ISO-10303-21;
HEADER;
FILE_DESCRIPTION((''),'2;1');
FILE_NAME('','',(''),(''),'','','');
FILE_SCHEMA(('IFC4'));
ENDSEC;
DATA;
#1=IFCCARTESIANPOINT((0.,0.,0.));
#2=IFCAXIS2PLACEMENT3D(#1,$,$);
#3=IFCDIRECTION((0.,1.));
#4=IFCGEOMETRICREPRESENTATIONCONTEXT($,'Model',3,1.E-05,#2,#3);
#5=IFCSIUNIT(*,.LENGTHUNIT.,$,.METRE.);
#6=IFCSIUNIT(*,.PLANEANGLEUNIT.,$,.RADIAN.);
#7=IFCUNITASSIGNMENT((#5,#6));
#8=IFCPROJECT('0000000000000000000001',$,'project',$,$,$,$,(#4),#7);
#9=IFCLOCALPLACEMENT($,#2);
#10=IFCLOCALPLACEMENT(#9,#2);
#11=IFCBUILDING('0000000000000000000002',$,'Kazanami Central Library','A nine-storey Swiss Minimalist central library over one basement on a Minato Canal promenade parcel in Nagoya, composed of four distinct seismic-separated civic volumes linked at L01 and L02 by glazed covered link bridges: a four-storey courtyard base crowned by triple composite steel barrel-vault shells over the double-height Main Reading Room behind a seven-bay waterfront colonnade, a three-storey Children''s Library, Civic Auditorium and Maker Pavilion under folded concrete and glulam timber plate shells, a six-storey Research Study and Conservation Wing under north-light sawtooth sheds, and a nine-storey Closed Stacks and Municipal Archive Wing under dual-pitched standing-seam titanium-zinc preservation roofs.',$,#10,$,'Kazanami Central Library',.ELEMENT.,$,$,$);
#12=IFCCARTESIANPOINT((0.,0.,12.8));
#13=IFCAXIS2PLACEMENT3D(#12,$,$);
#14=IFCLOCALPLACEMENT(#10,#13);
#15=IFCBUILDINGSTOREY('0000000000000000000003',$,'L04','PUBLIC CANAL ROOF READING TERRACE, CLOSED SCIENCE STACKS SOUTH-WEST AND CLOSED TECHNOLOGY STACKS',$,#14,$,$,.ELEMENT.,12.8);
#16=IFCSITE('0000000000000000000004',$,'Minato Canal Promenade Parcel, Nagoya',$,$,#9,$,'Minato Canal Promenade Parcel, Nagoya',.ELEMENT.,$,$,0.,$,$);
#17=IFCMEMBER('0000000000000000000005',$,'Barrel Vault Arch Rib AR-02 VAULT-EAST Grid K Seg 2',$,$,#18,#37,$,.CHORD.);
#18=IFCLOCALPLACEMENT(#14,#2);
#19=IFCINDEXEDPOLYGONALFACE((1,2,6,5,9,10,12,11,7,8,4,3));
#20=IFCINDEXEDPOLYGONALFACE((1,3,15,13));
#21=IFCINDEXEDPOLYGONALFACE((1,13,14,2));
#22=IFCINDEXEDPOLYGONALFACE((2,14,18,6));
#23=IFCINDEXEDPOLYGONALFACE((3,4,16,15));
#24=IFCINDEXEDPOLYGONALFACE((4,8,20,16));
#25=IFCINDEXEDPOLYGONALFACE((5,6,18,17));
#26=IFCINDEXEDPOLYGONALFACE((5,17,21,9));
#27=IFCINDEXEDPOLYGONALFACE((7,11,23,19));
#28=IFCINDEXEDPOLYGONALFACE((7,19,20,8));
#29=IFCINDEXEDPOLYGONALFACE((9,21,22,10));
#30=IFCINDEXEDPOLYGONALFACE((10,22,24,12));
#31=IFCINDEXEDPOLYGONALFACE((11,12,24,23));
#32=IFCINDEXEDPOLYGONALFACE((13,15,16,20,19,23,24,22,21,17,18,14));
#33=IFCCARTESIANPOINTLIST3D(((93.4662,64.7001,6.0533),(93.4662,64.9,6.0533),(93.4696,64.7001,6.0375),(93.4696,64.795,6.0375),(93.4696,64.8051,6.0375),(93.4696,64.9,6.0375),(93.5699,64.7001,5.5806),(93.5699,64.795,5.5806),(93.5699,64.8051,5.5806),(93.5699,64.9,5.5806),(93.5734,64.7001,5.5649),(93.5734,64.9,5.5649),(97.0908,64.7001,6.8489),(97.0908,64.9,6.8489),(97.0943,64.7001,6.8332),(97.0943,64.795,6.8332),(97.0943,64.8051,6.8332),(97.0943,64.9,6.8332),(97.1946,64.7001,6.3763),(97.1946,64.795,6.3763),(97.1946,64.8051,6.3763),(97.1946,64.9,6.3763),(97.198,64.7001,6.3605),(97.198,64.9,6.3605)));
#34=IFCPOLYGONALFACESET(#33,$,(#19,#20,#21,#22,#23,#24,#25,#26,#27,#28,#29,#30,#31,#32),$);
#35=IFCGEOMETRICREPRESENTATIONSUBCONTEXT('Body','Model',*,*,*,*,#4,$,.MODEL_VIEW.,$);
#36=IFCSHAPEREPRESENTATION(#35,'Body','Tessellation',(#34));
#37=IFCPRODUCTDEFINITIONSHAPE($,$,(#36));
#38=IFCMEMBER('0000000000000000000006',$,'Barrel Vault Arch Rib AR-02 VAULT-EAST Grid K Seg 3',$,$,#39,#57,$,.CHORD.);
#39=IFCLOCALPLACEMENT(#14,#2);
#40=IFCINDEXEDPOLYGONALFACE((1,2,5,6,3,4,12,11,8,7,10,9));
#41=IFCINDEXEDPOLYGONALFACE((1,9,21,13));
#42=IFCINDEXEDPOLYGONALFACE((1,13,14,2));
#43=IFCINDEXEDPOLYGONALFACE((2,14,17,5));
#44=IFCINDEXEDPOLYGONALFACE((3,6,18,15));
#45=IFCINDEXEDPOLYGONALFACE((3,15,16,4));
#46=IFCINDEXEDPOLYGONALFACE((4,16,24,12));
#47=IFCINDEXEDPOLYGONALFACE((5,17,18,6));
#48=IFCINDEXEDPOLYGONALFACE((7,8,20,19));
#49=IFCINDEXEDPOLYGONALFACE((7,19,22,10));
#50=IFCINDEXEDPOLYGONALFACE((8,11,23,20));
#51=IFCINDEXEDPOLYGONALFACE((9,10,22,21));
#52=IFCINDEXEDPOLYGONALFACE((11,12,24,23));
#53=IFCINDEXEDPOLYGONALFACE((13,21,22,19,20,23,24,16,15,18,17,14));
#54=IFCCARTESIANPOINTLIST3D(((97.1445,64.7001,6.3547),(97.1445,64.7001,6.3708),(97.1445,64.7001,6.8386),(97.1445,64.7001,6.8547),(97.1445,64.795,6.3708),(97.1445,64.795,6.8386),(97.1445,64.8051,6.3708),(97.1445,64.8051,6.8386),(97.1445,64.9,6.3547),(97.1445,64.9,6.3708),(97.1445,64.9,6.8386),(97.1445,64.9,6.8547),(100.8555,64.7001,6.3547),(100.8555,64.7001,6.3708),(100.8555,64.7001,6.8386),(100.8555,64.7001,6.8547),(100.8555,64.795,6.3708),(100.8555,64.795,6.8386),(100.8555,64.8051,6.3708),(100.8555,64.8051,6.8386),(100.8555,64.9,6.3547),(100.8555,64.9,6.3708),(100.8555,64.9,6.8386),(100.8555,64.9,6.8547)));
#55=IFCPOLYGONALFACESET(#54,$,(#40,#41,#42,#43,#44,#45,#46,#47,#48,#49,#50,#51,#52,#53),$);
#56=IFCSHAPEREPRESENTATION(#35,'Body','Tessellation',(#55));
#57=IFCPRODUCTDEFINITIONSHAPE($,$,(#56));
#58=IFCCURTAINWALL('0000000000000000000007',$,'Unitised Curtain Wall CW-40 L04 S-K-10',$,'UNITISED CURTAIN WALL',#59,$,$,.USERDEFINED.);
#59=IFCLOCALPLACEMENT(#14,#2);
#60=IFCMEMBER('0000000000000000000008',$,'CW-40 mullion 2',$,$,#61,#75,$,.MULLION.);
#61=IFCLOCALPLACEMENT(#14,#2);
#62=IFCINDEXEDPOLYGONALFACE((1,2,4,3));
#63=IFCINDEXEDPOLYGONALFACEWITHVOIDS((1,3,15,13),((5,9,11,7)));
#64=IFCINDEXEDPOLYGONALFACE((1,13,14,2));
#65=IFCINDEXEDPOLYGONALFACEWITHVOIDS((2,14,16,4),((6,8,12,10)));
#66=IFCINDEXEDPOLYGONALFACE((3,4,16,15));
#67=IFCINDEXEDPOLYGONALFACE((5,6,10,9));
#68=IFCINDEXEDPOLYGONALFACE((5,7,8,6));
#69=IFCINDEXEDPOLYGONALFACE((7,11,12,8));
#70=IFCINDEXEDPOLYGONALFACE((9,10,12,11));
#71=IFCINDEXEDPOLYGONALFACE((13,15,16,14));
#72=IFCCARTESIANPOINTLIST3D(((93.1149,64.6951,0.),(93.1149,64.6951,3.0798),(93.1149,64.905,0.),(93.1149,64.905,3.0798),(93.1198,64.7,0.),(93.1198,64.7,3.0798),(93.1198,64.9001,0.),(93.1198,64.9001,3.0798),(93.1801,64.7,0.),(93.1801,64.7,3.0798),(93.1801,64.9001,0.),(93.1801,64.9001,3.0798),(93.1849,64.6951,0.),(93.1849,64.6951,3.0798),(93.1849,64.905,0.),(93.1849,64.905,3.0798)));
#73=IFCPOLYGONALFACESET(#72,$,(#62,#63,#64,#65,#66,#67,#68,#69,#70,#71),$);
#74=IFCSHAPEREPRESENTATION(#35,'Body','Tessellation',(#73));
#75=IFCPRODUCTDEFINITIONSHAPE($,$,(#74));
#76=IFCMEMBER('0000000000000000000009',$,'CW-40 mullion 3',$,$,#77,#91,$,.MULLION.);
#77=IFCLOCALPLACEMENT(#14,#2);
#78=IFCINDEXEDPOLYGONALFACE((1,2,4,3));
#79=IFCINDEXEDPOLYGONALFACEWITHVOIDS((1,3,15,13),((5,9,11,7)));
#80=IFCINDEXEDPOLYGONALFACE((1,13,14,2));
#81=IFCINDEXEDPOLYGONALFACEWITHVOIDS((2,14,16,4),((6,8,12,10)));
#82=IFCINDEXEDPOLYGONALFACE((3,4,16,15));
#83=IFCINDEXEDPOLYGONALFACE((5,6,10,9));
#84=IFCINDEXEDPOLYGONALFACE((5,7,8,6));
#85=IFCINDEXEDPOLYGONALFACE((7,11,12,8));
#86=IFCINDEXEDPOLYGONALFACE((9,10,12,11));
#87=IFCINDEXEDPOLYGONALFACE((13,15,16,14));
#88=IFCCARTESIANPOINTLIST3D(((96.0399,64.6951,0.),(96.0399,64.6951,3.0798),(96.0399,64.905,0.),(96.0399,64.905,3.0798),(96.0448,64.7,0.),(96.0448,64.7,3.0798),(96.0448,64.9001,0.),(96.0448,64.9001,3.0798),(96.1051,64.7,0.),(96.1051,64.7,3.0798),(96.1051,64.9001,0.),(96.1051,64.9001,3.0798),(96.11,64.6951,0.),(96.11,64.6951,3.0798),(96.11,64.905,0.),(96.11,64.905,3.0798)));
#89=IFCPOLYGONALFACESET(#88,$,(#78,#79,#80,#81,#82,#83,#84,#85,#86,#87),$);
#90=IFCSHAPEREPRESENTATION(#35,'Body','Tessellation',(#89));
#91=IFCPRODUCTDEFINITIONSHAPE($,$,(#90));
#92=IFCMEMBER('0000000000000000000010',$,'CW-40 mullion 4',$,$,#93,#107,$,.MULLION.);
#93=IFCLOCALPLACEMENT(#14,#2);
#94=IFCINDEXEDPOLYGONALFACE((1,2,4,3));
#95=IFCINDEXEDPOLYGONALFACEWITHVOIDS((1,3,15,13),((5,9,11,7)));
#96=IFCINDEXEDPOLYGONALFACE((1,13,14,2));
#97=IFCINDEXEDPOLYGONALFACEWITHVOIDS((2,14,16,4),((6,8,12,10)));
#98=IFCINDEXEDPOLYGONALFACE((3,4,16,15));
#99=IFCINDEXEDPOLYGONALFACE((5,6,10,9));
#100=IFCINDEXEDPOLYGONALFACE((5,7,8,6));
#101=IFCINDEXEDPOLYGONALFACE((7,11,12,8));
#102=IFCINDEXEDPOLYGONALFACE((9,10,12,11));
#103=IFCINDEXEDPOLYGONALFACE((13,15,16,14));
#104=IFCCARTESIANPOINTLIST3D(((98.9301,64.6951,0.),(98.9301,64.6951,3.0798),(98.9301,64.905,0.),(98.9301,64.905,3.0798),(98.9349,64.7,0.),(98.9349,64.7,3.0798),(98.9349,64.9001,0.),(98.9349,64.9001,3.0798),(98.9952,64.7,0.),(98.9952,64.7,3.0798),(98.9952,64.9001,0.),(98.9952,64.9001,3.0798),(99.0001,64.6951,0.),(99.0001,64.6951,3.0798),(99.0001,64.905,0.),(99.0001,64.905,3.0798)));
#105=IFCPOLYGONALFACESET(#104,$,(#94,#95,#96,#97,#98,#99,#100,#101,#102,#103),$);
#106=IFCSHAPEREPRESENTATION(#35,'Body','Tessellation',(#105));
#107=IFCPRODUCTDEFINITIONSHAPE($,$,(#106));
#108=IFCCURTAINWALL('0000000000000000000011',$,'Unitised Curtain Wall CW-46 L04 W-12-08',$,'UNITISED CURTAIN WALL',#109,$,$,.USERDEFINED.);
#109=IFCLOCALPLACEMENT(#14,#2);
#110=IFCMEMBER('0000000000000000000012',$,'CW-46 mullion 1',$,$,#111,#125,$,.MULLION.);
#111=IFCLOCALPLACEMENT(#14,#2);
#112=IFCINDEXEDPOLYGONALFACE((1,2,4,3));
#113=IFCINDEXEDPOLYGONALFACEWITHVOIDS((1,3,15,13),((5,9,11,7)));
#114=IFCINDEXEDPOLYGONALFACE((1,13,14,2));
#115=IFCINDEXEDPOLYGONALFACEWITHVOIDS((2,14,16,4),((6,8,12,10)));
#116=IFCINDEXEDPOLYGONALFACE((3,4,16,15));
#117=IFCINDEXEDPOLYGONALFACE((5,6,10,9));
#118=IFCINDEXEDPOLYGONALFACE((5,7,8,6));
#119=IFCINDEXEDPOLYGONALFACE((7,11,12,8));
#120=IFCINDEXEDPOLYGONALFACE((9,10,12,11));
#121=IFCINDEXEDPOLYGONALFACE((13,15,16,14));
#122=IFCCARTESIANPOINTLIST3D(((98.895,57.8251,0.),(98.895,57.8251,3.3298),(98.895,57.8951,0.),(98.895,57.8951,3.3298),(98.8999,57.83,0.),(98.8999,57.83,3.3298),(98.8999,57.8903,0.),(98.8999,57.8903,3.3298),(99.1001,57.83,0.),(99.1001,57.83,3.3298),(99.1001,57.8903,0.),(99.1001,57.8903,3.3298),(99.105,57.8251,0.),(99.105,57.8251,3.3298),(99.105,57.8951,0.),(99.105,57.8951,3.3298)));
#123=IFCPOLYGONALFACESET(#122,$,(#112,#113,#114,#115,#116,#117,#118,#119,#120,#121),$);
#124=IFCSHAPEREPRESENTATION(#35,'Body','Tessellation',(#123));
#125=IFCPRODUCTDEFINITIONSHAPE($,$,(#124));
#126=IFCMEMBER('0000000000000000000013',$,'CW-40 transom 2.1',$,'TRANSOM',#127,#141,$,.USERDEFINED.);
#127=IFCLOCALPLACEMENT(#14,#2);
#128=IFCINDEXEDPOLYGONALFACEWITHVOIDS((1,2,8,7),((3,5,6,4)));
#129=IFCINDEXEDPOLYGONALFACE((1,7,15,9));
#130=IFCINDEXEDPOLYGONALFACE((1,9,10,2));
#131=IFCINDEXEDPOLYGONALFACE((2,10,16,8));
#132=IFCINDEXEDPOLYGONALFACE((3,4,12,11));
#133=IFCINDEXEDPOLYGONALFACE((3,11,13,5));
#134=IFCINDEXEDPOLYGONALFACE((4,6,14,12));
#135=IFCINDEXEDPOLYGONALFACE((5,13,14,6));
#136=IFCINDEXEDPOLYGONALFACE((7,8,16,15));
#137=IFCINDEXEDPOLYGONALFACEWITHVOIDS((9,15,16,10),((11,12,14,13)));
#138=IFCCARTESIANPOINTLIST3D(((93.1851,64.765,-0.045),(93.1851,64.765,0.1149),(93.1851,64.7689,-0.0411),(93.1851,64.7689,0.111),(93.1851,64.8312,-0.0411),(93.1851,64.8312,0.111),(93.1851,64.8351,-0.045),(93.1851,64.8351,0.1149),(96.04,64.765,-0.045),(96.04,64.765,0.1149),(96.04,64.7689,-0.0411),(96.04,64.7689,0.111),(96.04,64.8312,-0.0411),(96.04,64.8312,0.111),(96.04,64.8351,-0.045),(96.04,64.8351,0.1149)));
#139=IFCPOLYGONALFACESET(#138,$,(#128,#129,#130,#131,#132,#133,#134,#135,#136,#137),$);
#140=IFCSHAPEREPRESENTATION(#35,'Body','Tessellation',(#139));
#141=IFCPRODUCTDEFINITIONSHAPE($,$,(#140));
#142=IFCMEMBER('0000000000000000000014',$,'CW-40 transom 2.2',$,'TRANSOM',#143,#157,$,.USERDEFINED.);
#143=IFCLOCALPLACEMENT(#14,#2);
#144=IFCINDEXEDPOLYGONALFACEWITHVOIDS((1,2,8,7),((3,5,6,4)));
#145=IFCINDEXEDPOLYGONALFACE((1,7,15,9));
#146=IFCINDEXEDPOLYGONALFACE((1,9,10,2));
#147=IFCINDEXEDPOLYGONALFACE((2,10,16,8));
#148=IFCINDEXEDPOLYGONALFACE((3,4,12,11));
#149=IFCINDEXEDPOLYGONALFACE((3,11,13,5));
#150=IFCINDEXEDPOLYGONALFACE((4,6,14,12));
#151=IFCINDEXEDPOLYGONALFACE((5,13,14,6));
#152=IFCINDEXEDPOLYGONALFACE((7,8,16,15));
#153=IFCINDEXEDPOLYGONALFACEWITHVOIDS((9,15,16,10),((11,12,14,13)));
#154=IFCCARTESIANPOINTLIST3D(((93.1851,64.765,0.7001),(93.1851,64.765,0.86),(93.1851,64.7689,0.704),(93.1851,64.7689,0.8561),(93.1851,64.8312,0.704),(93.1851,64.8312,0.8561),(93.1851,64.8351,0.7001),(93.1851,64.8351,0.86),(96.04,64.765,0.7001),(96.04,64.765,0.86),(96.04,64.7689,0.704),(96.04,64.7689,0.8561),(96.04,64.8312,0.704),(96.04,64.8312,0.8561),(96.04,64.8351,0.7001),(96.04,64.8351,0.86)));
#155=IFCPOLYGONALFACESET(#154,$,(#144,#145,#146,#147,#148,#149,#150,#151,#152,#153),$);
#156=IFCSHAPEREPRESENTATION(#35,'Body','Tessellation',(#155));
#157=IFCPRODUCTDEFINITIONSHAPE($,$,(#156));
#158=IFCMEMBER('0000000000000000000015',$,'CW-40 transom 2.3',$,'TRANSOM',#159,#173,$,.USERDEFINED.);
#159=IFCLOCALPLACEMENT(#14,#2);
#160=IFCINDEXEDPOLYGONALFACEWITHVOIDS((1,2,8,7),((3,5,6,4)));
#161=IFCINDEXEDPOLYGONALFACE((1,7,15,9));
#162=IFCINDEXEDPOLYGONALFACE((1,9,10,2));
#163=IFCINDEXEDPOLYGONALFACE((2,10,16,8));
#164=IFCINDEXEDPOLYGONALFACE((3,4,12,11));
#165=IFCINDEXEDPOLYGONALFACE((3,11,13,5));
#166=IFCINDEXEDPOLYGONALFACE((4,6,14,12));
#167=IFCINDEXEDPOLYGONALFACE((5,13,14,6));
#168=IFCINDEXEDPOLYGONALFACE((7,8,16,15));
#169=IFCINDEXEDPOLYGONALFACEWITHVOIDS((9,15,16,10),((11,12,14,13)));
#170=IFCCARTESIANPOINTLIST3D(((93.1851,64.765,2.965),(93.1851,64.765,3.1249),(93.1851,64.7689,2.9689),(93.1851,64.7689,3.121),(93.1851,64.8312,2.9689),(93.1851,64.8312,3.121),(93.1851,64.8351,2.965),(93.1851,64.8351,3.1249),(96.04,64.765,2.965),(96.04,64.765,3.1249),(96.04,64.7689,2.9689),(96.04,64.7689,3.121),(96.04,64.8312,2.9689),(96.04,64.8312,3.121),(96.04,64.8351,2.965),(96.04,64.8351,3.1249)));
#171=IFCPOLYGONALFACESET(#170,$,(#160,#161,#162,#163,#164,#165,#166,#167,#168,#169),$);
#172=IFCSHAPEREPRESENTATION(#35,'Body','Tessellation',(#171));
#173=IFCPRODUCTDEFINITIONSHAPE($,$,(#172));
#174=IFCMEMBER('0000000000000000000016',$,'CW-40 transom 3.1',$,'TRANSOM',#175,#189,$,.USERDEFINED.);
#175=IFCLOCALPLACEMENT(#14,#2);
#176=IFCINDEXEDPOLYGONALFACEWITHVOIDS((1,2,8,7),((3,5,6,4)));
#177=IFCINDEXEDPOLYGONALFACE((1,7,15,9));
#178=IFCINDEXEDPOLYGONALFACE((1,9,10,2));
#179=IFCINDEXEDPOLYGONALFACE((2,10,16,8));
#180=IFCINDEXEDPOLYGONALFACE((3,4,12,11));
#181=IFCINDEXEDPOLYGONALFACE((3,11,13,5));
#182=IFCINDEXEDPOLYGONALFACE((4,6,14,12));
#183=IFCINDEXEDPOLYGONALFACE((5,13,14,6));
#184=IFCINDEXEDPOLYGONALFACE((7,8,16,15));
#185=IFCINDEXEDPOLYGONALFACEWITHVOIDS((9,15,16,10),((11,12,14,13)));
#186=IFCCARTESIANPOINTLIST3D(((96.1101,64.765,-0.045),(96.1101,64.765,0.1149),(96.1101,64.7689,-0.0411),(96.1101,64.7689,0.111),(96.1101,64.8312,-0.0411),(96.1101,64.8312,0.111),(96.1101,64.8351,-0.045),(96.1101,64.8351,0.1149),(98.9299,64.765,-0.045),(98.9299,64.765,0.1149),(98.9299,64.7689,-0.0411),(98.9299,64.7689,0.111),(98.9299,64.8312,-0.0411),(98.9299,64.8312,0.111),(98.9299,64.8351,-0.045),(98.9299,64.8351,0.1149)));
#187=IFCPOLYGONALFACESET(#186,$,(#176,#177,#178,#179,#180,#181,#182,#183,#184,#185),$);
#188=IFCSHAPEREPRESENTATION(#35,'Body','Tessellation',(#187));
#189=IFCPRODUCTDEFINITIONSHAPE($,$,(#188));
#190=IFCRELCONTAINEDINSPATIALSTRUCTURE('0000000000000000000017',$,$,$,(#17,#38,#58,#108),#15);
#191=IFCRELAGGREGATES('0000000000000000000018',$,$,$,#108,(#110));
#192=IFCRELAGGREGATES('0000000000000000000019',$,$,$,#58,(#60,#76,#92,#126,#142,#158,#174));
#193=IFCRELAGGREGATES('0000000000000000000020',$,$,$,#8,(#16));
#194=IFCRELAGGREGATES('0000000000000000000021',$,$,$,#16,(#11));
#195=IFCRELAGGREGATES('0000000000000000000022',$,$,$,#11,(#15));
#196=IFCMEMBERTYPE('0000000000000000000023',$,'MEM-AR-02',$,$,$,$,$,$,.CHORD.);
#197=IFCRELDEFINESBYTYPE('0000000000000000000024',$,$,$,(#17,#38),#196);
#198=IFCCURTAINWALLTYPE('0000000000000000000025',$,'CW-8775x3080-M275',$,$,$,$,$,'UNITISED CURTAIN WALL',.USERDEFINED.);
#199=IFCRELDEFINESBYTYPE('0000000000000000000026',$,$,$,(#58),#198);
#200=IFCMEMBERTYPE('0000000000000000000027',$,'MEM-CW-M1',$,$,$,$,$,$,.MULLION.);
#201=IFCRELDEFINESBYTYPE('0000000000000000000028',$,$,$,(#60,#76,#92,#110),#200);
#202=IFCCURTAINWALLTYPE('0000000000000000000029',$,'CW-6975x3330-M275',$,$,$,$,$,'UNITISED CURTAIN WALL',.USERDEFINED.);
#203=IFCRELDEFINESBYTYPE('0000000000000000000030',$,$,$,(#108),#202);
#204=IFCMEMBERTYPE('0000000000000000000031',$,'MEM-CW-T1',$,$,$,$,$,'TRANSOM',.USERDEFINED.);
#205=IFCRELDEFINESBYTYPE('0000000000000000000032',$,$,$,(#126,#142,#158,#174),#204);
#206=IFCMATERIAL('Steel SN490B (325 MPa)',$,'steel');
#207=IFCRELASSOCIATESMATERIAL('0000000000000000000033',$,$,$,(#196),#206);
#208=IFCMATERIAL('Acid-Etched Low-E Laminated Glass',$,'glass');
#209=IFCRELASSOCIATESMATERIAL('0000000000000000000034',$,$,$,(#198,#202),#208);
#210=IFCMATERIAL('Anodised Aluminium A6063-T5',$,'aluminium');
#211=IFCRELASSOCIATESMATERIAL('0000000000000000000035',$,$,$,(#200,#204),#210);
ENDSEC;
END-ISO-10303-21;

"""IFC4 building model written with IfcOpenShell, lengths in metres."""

from ifc_helpers import new_model, si_unit, direction, frame, origin, origin_2d, place, context, subcontext, project, spatial, hollow_rectangle, i_section, extrude, material, material_profile, profile_set, type_object, element, aggregate, save


model = new_model("IFC4")

# Units and contexts
model_context = context("Model", 3, precision=1e-05, world=origin(), true_north=direction((0.0, 1.0)))
body_context = subcontext(model_context, "Body", "Model", "MODEL_VIEW")
ifc_project = project(units=[si_unit("LENGTHUNIT", "METRE"), si_unit("PLANEANGLEUNIT", "RADIAN")], contexts=[model_context])

# Site, building, storey
site_placement = place(None, origin())
site = spatial("IfcSite", under=ifc_project, at=site_placement, Name="Minato Canal Promenade Parcel, Nagoya", LongName="Minato Canal Promenade Parcel, Nagoya", CompositionType="ELEMENT", RefElevation=0.0)
building_placement = place(site_placement, origin())
building = spatial("IfcBuilding", under=site, at=building_placement, Name="Kazanami Central Library", Description="A nine-storey Swiss Minimalist central library over one basement on a Minato Canal promenade parcel in Nagoya, composed of four distinct seismic-separated civic volumes linked at L01 and L02 by glazed covered link bridges: a four-storey courtyard base crowned by triple composite steel barrel-vault shells over the double-height Main Reading Room behind a seven-bay waterfront colonnade, a three-storey Children's Library, Civic Auditorium and Maker Pavilion under folded concrete and glulam timber plate shells, a six-storey Research Study and Conservation Wing under north-light sawtooth sheds, and a nine-storey Closed Stacks and Municipal Archive Wing under dual-pitched standing-seam titanium-zinc preservation roofs.", LongName="Kazanami Central Library", CompositionType="ELEMENT")
storey_placement = place(building_placement, frame((0.0, 0.0, 12.8)))
storey = spatial("IfcBuildingStorey", under=building, at=storey_placement, Name="L04", Description="PUBLIC CANAL ROOF READING TERRACE, CLOSED SCIENCE STACKS SOUTH-WEST AND CLOSED TECHNOLOGY STACKS", CompositionType="ELEMENT", Elevation=12.8)

# Members
ifc_material_1 = material(Name="Steel SN490B (325 MPa)", Category="steel")
ifc_material_profile_1 = material_profile(ifc_material_1, i_section(OverallWidth=0.2, OverallDepth=0.5, WebThickness=0.01, FlangeThickness=0.0161, at=origin_2d()), Name="H-500x200x10x16")
ifc_profile_set_1 = profile_set([ifc_material_profile_1], Name="Steel SN490B (325 MPa)")
member_type_1 = type_object("IfcMemberType", Name="MEM-AR-02", PredefinedType="CHORD", material=ifc_profile_set_1)
for number, where, z_axis, x_axis, name in (
    (1, (93.5198, 64.8, 5.8091), (0.976746, 0.0, 0.214401), (0.0, 1.0, 0.0), "Barrel Vault Arch Rib AR-02 VAULT-EAST Grid K Seg 2"),
    (2, (97.1445, 64.8, 6.6047), (1.0, 0.0, 0.0), (0.0, 1.0, 0.0), "Barrel Vault Arch Rib AR-02 VAULT-EAST Grid K Seg 3"),
):
    element("IfcMember", number, at=place(storey_placement, frame(where, z_axis=z_axis, x_axis=x_axis)), inside=storey, type_object=member_type_1, Name=name, PredefinedType="CHORD", context=body_context, shape_type="SweptSolid", body=[
        extrude(i_section(OverallWidth=0.2, OverallDepth=0.5, WebThickness=0.01, FlangeThickness=0.0161, at=origin_2d()), origin(), (0.0, 0.0, 1.0), 3.7109),
    ])

# Curtain wall, members
ifc_material_2 = material(Name="Acid-Etched Low-E Laminated Glass", Category="glass")
curtain_wall_type_1 = type_object("IfcCurtainWallType", Name="CW-8775x3080-M275", ElementType="UNITISED CURTAIN WALL", PredefinedType="USERDEFINED", material=ifc_material_2)
curtain_wall_1_placement = place(storey_placement, origin())
curtain_wall_1 = element("IfcCurtainWall", 3, at=curtain_wall_1_placement, inside=storey, type_object=curtain_wall_type_1, Name="Unitised Curtain Wall CW-40 L04 S-K-10", ObjectType="UNITISED CURTAIN WALL", PredefinedType="USERDEFINED")
ifc_material_3 = material(Name="Anodised Aluminium A6063-T5", Category="aluminium")
ifc_material_profile_2 = material_profile(ifc_material_3, hollow_rectangle(XDim=0.0701, YDim=0.21, WallThickness=0.0049, at=origin_2d()), Name="ALU-MULL-70x210x5")
ifc_profile_set_2 = profile_set([ifc_material_profile_2], Name="Anodised Aluminium A6063-T5")
member_type_2 = type_object("IfcMemberType", Name="MEM-CW-M1", PredefinedType="MULLION", material=ifc_profile_set_2)
member_1_placement = place(storey_placement, frame((93.1499, 64.8, 0.0), z_axis=(0.0, 0.0, 1.0), x_axis=(1.0, 0.0, 0.0)))
member_1 = element("IfcMember", 4, at=member_1_placement, type_object=member_type_2, Name="CW-40 mullion 2", PredefinedType="MULLION", context=body_context, shape_type="SweptSolid", body=[
    extrude(hollow_rectangle(XDim=0.0701, YDim=0.21, WallThickness=0.0049, at=origin_2d()), origin(), (0.0, 0.0, 1.0), 3.0798),
])
member_2_placement = place(storey_placement, frame((96.075, 64.8, 0.0), z_axis=(0.0, 0.0, 1.0), x_axis=(1.0, 0.0, 0.0)))
member_2 = element("IfcMember", 5, at=member_2_placement, type_object=member_type_2, Name="CW-40 mullion 3", PredefinedType="MULLION", context=body_context, shape_type="SweptSolid", body=[
    extrude(hollow_rectangle(XDim=0.0701, YDim=0.21, WallThickness=0.0049, at=origin_2d()), origin(), (0.0, 0.0, 1.0), 3.0798),
])
member_3_placement = place(storey_placement, frame((98.9651, 64.8, 0.0), z_axis=(0.0, 0.0, 1.0), x_axis=(1.0, 0.0, 0.0)))
member_3 = element("IfcMember", 6, at=member_3_placement, type_object=member_type_2, Name="CW-40 mullion 4", PredefinedType="MULLION", context=body_context, shape_type="SweptSolid", body=[
    extrude(hollow_rectangle(XDim=0.0701, YDim=0.21, WallThickness=0.0049, at=origin_2d()), origin(), (0.0, 0.0, 1.0), 3.0798),
])

# Curtain wall, member
curtain_wall_type_2 = type_object("IfcCurtainWallType", Name="CW-6975x3330-M275", ElementType="UNITISED CURTAIN WALL", PredefinedType="USERDEFINED", material=ifc_material_2)
curtain_wall_2_placement = place(storey_placement, origin())
curtain_wall_2 = element("IfcCurtainWall", 7, at=curtain_wall_2_placement, inside=storey, type_object=curtain_wall_type_2, Name="Unitised Curtain Wall CW-46 L04 W-12-08", ObjectType="UNITISED CURTAIN WALL", PredefinedType="USERDEFINED")
member_4_placement = place(storey_placement, frame((99.0, 57.8601, 0.0), z_axis=(0.0, 0.0, 1.0), x_axis=(0.0, 1.0, 0.0)))
member_4 = element("IfcMember", 8, at=member_4_placement, type_object=member_type_2, Name="CW-46 mullion 1", PredefinedType="MULLION", context=body_context, shape_type="SweptSolid", body=[
    extrude(hollow_rectangle(XDim=0.0701, YDim=0.21, WallThickness=0.0049, at=origin_2d()), origin(), (0.0, 0.0, 1.0), 3.3298),
])

# Members
ifc_material_profile_3 = material_profile(ifc_material_3, hollow_rectangle(XDim=0.0701, YDim=0.1599, WallThickness=0.0039, at=origin_2d()), Name="ALU-TRAN-70x160x4")
ifc_profile_set_3 = profile_set([ifc_material_profile_3], Name="Anodised Aluminium A6063-T5")
member_type_3 = type_object("IfcMemberType", Name="MEM-CW-T1", ElementType="TRANSOM", PredefinedType="USERDEFINED", material=ifc_profile_set_3)
member_5_placement = place(storey_placement, frame((93.1851, 64.8, 0.0349), z_axis=(1.0, 0.0, 0.0), x_axis=(0.0, 1.0, 0.0)))
member_5 = element("IfcMember", 9, at=member_5_placement, type_object=member_type_3, Name="CW-40 transom 2.1", ObjectType="TRANSOM", PredefinedType="USERDEFINED", context=body_context, shape_type="SweptSolid", body=[
    extrude(hollow_rectangle(XDim=0.0701, YDim=0.1599, WallThickness=0.0039, at=origin_2d()), origin(), (0.0, 0.0, 1.0), 2.855),
])
member_6_placement = place(storey_placement, frame((93.1851, 64.8, 0.78), z_axis=(1.0, 0.0, 0.0), x_axis=(0.0, 1.0, 0.0)))
member_6 = element("IfcMember", 10, at=member_6_placement, type_object=member_type_3, Name="CW-40 transom 2.2", ObjectType="TRANSOM", PredefinedType="USERDEFINED", context=body_context, shape_type="SweptSolid", body=[
    extrude(hollow_rectangle(XDim=0.0701, YDim=0.1599, WallThickness=0.0039, at=origin_2d()), origin(), (0.0, 0.0, 1.0), 2.855),
])
member_7_placement = place(storey_placement, frame((93.1851, 64.8, 3.0449), z_axis=(1.0, 0.0, 0.0), x_axis=(0.0, 1.0, 0.0)))
member_7 = element("IfcMember", 11, at=member_7_placement, type_object=member_type_3, Name="CW-40 transom 2.3", ObjectType="TRANSOM", PredefinedType="USERDEFINED", context=body_context, shape_type="SweptSolid", body=[
    extrude(hollow_rectangle(XDim=0.0701, YDim=0.1599, WallThickness=0.0039, at=origin_2d()), origin(), (0.0, 0.0, 1.0), 2.855),
])
member_8_placement = place(storey_placement, frame((96.1101, 64.8, 0.0349), z_axis=(1.0, 0.0, 0.0), x_axis=(0.0, 1.0, 0.0)))
member_8 = element("IfcMember", 12, at=member_8_placement, type_object=member_type_3, Name="CW-40 transom 3.1", ObjectType="TRANSOM", PredefinedType="USERDEFINED", context=body_context, shape_type="SweptSolid", body=[
    extrude(hollow_rectangle(XDim=0.0701, YDim=0.1599, WallThickness=0.0039, at=origin_2d()), origin(), (0.0, 0.0, 1.0), 2.8198),
])
aggregate(curtain_wall_2, [member_4])

aggregate(curtain_wall_1, [member_1, member_2, member_3, member_5, member_6, member_7, member_8])

save(model, "model.ifc")
